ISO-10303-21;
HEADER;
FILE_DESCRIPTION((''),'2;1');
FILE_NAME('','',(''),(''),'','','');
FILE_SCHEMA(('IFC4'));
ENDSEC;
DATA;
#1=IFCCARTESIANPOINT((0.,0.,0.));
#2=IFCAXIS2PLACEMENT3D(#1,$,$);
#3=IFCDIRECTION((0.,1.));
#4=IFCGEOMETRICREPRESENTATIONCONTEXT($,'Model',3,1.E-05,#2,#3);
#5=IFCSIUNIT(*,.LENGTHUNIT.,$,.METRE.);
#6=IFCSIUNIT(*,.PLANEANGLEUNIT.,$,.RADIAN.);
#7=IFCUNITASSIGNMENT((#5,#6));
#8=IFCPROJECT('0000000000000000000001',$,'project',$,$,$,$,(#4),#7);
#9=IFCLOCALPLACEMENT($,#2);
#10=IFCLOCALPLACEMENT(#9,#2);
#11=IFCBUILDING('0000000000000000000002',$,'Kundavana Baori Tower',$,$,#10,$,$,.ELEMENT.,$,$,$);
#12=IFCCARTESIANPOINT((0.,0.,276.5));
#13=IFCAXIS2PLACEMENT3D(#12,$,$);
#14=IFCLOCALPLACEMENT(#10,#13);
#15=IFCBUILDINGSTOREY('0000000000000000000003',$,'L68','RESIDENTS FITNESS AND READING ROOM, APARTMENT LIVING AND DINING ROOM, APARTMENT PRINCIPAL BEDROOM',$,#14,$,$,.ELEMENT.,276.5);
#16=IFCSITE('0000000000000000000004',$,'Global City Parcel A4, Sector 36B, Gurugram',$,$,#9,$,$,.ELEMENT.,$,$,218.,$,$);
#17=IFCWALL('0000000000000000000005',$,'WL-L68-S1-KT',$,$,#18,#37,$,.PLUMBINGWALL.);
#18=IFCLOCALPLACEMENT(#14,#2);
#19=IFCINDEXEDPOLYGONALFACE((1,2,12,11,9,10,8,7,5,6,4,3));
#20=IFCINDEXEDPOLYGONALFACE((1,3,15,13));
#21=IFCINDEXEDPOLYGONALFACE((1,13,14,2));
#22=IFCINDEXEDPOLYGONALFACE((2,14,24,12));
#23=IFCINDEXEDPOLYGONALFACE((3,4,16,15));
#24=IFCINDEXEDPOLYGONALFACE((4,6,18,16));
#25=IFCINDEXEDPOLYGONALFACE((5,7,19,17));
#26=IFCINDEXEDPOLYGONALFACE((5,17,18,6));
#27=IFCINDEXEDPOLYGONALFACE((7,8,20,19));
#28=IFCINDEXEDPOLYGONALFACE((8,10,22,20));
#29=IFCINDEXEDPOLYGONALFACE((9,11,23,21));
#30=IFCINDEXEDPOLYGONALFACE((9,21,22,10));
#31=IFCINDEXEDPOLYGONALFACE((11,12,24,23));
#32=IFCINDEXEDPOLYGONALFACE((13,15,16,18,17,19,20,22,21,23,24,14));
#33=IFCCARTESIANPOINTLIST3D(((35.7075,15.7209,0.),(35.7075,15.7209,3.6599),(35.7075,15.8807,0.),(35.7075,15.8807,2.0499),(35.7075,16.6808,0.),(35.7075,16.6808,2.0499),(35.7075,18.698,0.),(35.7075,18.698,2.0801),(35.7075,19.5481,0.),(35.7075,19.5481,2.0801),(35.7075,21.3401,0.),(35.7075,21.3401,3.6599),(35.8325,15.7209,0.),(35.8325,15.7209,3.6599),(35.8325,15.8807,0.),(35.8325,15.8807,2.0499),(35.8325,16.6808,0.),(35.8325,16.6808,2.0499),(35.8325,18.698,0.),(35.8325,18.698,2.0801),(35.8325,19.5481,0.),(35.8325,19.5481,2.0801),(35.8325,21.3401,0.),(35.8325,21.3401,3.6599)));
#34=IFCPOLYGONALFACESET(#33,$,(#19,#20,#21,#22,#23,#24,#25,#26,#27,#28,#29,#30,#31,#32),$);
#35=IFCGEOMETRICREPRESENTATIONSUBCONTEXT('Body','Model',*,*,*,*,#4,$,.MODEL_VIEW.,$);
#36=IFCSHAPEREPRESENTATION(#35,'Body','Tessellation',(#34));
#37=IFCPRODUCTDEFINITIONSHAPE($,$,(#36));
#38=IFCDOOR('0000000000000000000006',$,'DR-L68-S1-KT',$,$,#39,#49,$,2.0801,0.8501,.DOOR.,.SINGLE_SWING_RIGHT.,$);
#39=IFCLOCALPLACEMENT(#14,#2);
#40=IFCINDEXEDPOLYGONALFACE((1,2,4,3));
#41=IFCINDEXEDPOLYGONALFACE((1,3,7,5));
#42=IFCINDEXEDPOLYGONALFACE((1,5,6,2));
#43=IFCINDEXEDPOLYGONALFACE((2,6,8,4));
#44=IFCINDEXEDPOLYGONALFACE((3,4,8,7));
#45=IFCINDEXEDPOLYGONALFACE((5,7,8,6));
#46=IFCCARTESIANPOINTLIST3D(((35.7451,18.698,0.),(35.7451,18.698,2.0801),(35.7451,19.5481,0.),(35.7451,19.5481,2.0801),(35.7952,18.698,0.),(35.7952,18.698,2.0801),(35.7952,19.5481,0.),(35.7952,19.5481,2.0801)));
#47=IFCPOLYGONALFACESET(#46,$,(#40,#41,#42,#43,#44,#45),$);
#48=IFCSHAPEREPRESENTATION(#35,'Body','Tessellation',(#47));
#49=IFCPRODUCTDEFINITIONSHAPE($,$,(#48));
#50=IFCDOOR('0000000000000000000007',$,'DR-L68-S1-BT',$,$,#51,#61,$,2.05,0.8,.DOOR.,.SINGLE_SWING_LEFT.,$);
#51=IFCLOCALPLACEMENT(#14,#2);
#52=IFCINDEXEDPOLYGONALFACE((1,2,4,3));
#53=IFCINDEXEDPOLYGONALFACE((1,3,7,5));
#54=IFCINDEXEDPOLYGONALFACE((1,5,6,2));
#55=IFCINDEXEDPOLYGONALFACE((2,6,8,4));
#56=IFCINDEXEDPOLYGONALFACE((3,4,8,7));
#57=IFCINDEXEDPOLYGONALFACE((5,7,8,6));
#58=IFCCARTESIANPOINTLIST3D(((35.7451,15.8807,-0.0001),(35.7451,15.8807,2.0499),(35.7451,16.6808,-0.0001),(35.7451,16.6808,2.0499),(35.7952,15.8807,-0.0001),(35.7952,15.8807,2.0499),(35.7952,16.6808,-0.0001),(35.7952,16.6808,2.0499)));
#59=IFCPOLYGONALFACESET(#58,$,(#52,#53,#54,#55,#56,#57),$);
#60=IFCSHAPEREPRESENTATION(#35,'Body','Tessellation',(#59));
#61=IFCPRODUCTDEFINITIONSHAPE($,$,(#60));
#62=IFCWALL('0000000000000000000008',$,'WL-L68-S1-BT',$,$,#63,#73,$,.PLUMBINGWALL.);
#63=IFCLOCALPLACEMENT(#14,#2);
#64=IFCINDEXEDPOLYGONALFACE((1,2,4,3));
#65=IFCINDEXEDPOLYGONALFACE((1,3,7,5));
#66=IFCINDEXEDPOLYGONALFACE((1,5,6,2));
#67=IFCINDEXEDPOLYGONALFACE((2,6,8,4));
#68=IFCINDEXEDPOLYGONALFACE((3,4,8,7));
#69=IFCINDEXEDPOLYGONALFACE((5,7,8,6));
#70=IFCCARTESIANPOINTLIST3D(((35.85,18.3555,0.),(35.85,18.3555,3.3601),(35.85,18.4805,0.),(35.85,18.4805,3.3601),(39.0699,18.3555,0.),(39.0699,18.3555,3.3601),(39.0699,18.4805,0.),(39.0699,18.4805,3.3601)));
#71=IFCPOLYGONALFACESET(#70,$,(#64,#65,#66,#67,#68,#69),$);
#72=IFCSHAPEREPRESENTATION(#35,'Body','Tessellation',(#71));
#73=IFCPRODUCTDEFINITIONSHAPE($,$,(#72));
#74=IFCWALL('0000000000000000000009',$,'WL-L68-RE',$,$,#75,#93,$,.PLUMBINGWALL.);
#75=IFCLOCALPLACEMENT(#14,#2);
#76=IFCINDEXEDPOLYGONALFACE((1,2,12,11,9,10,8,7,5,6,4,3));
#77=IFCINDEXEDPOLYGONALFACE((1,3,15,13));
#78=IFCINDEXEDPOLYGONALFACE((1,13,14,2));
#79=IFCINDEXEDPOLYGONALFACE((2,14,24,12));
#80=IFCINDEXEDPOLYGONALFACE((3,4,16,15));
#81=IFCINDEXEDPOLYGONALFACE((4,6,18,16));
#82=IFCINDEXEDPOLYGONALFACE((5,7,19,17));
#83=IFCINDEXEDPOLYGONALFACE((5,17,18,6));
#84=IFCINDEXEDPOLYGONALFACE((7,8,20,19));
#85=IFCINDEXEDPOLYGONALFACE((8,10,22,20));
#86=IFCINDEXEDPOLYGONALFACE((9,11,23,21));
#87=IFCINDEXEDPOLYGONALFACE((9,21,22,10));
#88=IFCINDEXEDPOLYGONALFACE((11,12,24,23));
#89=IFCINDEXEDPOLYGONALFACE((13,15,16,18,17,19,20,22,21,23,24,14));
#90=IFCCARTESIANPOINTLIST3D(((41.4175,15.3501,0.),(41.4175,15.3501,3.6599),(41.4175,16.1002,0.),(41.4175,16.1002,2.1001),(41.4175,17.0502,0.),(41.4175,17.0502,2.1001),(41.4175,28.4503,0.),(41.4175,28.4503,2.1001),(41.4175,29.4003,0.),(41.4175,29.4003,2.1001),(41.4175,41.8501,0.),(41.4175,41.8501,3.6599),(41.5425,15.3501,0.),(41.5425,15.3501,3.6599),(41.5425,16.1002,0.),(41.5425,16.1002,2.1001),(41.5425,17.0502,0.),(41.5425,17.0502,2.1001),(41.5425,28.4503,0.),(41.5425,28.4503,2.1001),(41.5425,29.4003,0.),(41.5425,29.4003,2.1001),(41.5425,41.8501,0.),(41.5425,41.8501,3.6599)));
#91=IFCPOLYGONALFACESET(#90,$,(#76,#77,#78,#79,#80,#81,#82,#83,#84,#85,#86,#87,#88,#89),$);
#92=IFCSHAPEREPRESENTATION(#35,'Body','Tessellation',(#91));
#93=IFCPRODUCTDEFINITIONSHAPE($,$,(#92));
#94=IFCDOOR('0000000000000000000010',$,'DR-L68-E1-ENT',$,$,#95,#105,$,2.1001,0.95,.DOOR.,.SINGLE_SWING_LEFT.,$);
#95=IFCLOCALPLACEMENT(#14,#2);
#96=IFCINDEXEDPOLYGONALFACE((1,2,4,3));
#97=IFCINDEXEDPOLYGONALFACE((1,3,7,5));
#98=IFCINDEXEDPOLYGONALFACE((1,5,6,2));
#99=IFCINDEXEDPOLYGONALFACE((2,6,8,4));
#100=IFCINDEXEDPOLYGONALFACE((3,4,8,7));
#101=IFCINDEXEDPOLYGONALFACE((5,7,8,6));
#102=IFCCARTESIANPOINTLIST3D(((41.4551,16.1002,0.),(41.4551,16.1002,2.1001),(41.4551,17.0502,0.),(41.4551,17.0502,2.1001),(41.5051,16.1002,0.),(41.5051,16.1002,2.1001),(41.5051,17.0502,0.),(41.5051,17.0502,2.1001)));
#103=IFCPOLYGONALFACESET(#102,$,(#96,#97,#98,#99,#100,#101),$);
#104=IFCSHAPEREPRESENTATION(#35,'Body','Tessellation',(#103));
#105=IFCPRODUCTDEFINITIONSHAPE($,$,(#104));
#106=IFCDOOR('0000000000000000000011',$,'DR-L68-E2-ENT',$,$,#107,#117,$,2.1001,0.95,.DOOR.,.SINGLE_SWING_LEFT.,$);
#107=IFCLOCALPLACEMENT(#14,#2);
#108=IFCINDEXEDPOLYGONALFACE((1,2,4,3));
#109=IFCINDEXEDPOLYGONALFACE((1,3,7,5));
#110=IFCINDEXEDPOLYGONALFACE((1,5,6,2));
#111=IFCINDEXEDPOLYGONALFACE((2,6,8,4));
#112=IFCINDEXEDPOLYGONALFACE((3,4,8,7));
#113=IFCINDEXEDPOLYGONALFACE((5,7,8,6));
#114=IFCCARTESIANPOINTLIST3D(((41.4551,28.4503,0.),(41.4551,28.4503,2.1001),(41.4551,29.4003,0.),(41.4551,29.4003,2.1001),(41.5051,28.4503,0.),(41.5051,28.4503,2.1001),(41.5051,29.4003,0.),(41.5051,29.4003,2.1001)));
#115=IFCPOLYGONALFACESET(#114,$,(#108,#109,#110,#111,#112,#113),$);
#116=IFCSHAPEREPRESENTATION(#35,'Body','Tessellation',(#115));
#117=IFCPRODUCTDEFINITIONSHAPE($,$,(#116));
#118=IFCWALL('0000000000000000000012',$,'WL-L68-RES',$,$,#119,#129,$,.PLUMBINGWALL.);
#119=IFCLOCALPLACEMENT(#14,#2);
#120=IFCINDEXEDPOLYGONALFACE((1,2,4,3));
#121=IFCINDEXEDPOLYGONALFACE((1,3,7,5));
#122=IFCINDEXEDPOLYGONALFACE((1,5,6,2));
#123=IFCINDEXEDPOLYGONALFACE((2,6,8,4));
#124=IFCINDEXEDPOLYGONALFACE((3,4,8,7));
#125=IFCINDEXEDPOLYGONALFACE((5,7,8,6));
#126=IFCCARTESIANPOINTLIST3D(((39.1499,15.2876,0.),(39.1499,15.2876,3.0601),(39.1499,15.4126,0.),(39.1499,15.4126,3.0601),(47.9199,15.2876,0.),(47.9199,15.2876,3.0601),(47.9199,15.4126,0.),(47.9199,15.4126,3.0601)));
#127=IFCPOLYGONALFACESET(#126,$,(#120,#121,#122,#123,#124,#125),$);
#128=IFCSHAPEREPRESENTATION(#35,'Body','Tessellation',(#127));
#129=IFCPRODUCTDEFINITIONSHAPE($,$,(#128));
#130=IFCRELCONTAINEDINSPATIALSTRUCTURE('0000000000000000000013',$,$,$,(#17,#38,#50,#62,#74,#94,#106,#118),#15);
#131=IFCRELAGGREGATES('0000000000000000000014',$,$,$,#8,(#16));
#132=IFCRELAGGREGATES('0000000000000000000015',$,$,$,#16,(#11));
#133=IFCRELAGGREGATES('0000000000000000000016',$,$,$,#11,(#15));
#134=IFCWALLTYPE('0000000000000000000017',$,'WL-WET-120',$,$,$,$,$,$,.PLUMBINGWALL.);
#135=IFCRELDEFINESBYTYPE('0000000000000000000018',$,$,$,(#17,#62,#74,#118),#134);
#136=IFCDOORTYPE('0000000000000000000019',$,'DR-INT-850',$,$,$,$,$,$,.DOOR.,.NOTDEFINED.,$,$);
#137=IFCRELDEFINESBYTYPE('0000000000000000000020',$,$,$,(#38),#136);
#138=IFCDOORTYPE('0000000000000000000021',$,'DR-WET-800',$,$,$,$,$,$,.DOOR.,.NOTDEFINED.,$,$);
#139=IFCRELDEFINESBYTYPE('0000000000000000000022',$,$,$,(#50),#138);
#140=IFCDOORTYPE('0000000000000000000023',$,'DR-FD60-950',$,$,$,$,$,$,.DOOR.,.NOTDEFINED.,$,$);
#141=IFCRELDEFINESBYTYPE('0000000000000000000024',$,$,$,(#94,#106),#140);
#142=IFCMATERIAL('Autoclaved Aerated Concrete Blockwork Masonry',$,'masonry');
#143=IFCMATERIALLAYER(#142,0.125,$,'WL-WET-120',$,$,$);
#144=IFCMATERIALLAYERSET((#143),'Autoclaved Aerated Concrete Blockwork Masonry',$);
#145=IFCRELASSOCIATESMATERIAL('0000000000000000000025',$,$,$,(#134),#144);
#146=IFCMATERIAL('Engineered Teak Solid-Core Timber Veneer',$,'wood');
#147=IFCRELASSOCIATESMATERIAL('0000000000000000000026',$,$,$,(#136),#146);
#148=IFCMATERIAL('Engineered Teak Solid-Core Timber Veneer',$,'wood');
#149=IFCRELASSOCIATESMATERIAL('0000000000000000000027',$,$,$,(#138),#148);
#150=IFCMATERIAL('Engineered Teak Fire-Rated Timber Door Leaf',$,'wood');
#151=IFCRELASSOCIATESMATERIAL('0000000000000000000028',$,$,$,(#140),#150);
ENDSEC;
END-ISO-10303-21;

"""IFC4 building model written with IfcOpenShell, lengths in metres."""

from ifc_helpers import new_model, si_unit, direction, frame, frame_2d, origin, place, context, subcontext, project, spatial, rectangle, extrude, material, layer, layer_set, type_object, element, fill, save


model = new_model("IFC4")

# Units and contexts
model_context = context("Model", 3, precision=1e-05, world=origin(), true_north=direction((0.0, 1.0)))
body_context = subcontext(model_context, "Body", "Model", "MODEL_VIEW")
ifc_project = project(units=[si_unit("LENGTHUNIT", "METRE"), si_unit("PLANEANGLEUNIT", "RADIAN")], contexts=[model_context])

# Site, building, storey
site_placement = place(None, origin())
site = spatial("IfcSite", under=ifc_project, at=site_placement, Name="Global City Parcel A4, Sector 36B, Gurugram", CompositionType="ELEMENT", RefElevation=218.0)
building_placement = place(site_placement, origin())
building = spatial("IfcBuilding", under=site, at=building_placement, Name="Kundavana Baori Tower", CompositionType="ELEMENT")
storey_placement = place(building_placement, frame((0.0, 0.0, 276.5)))
storey = spatial("IfcBuildingStorey", under=building, at=storey_placement, Name="L68", Description="RESIDENTS FITNESS AND READING ROOM, APARTMENT LIVING AND DINING ROOM, APARTMENT PRINCIPAL BEDROOM", CompositionType="ELEMENT", Elevation=276.5)

# Wall, openings, doors
ifc_material_1 = material(Name="Autoclaved Aerated Concrete Blockwork Masonry", Category="masonry")
ifc_layer = layer(ifc_material_1, 0.125, Name="WL-WET-120")
ifc_layer_set = layer_set([ifc_layer], Name="Autoclaved Aerated Concrete Blockwork Masonry")
wall_type = type_object("IfcWallType", Name="WL-WET-120", PredefinedType="PLUMBINGWALL", material=ifc_layer_set)
wall_1_placement = place(storey_placement, frame((35.77, 15.7209, 0.0), z_axis=(0.0, 0.0, 1.0), x_axis=(0.0, 1.0, 0.0)))
wall_1 = element("IfcWall", 1, at=wall_1_placement, inside=storey, type_object=wall_type, Name="WL-L68-S1-KT", PredefinedType="PLUMBINGWALL", context=body_context, shape_type="SweptSolid", body=[
    extrude(rectangle(XDim=5.6191, YDim=0.125, at=frame_2d((2.8096, 0.0))), origin(), (0.0, 0.0, 1.0), 3.6599),
])
opening_1_placement = place(wall_1_placement, frame((0.1599, 0.0, 0.0)))
opening_1 = element("IfcOpeningElement", 2, at=opening_1_placement, cuts=wall_1, PredefinedType="OPENING", context=body_context, shape_type="SweptSolid", body=[
    extrude(rectangle(XDim=0.8, YDim=2.05, at=frame_2d((0.3999, 1.0249))), frame((0.0, 0.0725, 0.0), z_axis=(0.0, -1.0, 0.0), x_axis=(1.0, 0.0, 0.0)), (0.0, 0.0, 1.0), 0.145),
])
opening_2_placement = place(wall_1_placement, frame((2.9771, 0.0, 0.0)))
opening_2 = element("IfcOpeningElement", 3, at=opening_2_placement, cuts=wall_1, PredefinedType="OPENING", context=body_context, shape_type="SweptSolid", body=[
    extrude(rectangle(XDim=0.8501, YDim=2.0801, at=frame_2d((0.425, 1.04))), frame((0.0, 0.0725, 0.0), z_axis=(0.0, -1.0, 0.0), x_axis=(1.0, 0.0, 0.0)), (0.0, 0.0, 1.0), 0.145),
])
ifc_material_2 = material(Name="Engineered Teak Solid-Core Timber Veneer", Category="wood")
door_type_1 = type_object("IfcDoorType", Name="DR-INT-850", OperationType="NOTDEFINED", PredefinedType="DOOR", material=ifc_material_2)
door_1_placement = place(opening_2_placement, origin())
door_1 = element("IfcDoor", 4, at=door_1_placement, inside=storey, type_object=door_type_1, Name="DR-L68-S1-KT", OperationType="SINGLE_SWING_RIGHT", OverallHeight=2.0801, OverallWidth=0.8501, PredefinedType="DOOR", context=body_context, shape_type="SweptSolid", body=[
    extrude(rectangle(XDim=0.8501, YDim=2.0801, at=frame_2d((0.425, 1.04))), frame((0.0, 0.0249, 0.0), z_axis=(0.0, -1.0, 0.0), x_axis=(1.0, 0.0, 0.0)), (0.0, 0.0, 1.0), 0.05),
])
fill(opening_2, door_1)
ifc_material_3 = material(Name="Engineered Teak Solid-Core Timber Veneer", Category="wood")
door_type_2 = type_object("IfcDoorType", Name="DR-WET-800", OperationType="NOTDEFINED", PredefinedType="DOOR", material=ifc_material_3)
door_2_placement = place(opening_1_placement, origin())
door_2 = element("IfcDoor", 5, at=door_2_placement, inside=storey, type_object=door_type_2, Name="DR-L68-S1-BT", OperationType="SINGLE_SWING_LEFT", OverallHeight=2.05, OverallWidth=0.8, PredefinedType="DOOR", context=body_context, shape_type="SweptSolid", body=[
    extrude(rectangle(XDim=0.8, YDim=2.05, at=frame_2d((0.3999, 1.0249))), frame((0.0, 0.0249, 0.0), z_axis=(0.0, -1.0, 0.0), x_axis=(1.0, 0.0, 0.0)), (0.0, 0.0, 1.0), 0.05),
])
fill(opening_1, door_2)

# Wall
wall_2_placement = place(storey_placement, frame((35.8501, 18.418, 0.0), z_axis=(0.0, 0.0, 1.0), x_axis=(1.0, 0.0, 0.0)))
element("IfcWall", 6, at=wall_2_placement, inside=storey, type_object=wall_type, Name="WL-L68-S1-BT", PredefinedType="PLUMBINGWALL", context=body_context, shape_type="SweptSolid", body=[
    extrude(rectangle(XDim=3.22, YDim=0.125, at=frame_2d((1.6099, 0.0))), origin(), (0.0, 0.0, 1.0), 3.3601),
])

# Wall, openings, doors
wall_3_placement = place(storey_placement, frame((41.48, 15.3501, 0.0), z_axis=(0.0, 0.0, 1.0), x_axis=(0.0, 1.0, 0.0)))
wall_3 = element("IfcWall", 7, at=wall_3_placement, inside=storey, type_object=wall_type, Name="WL-L68-RE", PredefinedType="PLUMBINGWALL", context=body_context, shape_type="SweptSolid", body=[
    extrude(rectangle(XDim=26.5, YDim=0.125, at=frame_2d((13.25, 0.0))), origin(), (0.0, 0.0, 1.0), 3.6599),
])
opening_3_placement = place(wall_3_placement, frame((0.75, 0.0, 0.0)))
opening_3 = element("IfcOpeningElement", 8, at=opening_3_placement, cuts=wall_3, PredefinedType="OPENING", context=body_context, shape_type="SweptSolid", body=[
    extrude(rectangle(XDim=0.95, YDim=2.1001, at=frame_2d((0.4751, 1.05))), frame((0.0, 0.0725, 0.0), z_axis=(0.0, -1.0, 0.0), x_axis=(1.0, 0.0, 0.0)), (0.0, 0.0, 1.0), 0.145),
])
opening_4_placement = place(wall_3_placement, frame((13.1001, 0.0, 0.0)))
opening_4 = element("IfcOpeningElement", 9, at=opening_4_placement, cuts=wall_3, PredefinedType="OPENING", context=body_context, shape_type="SweptSolid", body=[
    extrude(rectangle(XDim=0.95, YDim=2.1001, at=frame_2d((0.4751, 1.05))), frame((0.0, 0.0725, 0.0), z_axis=(0.0, -1.0, 0.0), x_axis=(1.0, 0.0, 0.0)), (0.0, 0.0, 1.0), 0.145),
])
ifc_material_4 = material(Name="Engineered Teak Fire-Rated Timber Door Leaf", Category="wood")
door_type_3 = type_object("IfcDoorType", Name="DR-FD60-950", OperationType="NOTDEFINED", PredefinedType="DOOR", material=ifc_material_4)
door_3_placement = place(opening_3_placement, origin())
door_3 = element("IfcDoor", 10, at=door_3_placement, inside=storey, type_object=door_type_3, Name="DR-L68-E1-ENT", OperationType="SINGLE_SWING_LEFT", OverallHeight=2.1001, OverallWidth=0.95, PredefinedType="DOOR", context=body_context, shape_type="SweptSolid", body=[
    extrude(rectangle(XDim=0.95, YDim=2.1001, at=frame_2d((0.4751, 1.05))), frame((0.0, 0.0249, 0.0), z_axis=(0.0, -1.0, 0.0), x_axis=(1.0, 0.0, 0.0)), (0.0, 0.0, 1.0), 0.05),
])
fill(opening_3, door_3)
door_4_placement = place(opening_4_placement, origin())
door_4 = element("IfcDoor", 11, at=door_4_placement, inside=storey, type_object=door_type_3, Name="DR-L68-E2-ENT", OperationType="SINGLE_SWING_LEFT", OverallHeight=2.1001, OverallWidth=0.95, PredefinedType="DOOR", context=body_context, shape_type="SweptSolid", body=[
    extrude(rectangle(XDim=0.95, YDim=2.1001, at=frame_2d((0.4751, 1.05))), frame((0.0, 0.0249, 0.0), z_axis=(0.0, -1.0, 0.0), x_axis=(1.0, 0.0, 0.0)), (0.0, 0.0, 1.0), 0.05),
])
fill(opening_4, door_4)

# Wall
wall_4_placement = place(storey_placement, frame((39.1499, 15.3501, 0.0), z_axis=(0.0, 0.0, 1.0), x_axis=(1.0, 0.0, 0.0)))
element("IfcWall", 12, at=wall_4_placement, inside=storey, type_object=wall_type, Name="WL-L68-RES", PredefinedType="PLUMBINGWALL", context=body_context, shape_type="SweptSolid", body=[
    extrude(rectangle(XDim=8.77, YDim=0.125, at=frame_2d((4.385, 0.0))), origin(), (0.0, 0.0, 1.0), 3.0601),
])

save(model, "model.ifc")
